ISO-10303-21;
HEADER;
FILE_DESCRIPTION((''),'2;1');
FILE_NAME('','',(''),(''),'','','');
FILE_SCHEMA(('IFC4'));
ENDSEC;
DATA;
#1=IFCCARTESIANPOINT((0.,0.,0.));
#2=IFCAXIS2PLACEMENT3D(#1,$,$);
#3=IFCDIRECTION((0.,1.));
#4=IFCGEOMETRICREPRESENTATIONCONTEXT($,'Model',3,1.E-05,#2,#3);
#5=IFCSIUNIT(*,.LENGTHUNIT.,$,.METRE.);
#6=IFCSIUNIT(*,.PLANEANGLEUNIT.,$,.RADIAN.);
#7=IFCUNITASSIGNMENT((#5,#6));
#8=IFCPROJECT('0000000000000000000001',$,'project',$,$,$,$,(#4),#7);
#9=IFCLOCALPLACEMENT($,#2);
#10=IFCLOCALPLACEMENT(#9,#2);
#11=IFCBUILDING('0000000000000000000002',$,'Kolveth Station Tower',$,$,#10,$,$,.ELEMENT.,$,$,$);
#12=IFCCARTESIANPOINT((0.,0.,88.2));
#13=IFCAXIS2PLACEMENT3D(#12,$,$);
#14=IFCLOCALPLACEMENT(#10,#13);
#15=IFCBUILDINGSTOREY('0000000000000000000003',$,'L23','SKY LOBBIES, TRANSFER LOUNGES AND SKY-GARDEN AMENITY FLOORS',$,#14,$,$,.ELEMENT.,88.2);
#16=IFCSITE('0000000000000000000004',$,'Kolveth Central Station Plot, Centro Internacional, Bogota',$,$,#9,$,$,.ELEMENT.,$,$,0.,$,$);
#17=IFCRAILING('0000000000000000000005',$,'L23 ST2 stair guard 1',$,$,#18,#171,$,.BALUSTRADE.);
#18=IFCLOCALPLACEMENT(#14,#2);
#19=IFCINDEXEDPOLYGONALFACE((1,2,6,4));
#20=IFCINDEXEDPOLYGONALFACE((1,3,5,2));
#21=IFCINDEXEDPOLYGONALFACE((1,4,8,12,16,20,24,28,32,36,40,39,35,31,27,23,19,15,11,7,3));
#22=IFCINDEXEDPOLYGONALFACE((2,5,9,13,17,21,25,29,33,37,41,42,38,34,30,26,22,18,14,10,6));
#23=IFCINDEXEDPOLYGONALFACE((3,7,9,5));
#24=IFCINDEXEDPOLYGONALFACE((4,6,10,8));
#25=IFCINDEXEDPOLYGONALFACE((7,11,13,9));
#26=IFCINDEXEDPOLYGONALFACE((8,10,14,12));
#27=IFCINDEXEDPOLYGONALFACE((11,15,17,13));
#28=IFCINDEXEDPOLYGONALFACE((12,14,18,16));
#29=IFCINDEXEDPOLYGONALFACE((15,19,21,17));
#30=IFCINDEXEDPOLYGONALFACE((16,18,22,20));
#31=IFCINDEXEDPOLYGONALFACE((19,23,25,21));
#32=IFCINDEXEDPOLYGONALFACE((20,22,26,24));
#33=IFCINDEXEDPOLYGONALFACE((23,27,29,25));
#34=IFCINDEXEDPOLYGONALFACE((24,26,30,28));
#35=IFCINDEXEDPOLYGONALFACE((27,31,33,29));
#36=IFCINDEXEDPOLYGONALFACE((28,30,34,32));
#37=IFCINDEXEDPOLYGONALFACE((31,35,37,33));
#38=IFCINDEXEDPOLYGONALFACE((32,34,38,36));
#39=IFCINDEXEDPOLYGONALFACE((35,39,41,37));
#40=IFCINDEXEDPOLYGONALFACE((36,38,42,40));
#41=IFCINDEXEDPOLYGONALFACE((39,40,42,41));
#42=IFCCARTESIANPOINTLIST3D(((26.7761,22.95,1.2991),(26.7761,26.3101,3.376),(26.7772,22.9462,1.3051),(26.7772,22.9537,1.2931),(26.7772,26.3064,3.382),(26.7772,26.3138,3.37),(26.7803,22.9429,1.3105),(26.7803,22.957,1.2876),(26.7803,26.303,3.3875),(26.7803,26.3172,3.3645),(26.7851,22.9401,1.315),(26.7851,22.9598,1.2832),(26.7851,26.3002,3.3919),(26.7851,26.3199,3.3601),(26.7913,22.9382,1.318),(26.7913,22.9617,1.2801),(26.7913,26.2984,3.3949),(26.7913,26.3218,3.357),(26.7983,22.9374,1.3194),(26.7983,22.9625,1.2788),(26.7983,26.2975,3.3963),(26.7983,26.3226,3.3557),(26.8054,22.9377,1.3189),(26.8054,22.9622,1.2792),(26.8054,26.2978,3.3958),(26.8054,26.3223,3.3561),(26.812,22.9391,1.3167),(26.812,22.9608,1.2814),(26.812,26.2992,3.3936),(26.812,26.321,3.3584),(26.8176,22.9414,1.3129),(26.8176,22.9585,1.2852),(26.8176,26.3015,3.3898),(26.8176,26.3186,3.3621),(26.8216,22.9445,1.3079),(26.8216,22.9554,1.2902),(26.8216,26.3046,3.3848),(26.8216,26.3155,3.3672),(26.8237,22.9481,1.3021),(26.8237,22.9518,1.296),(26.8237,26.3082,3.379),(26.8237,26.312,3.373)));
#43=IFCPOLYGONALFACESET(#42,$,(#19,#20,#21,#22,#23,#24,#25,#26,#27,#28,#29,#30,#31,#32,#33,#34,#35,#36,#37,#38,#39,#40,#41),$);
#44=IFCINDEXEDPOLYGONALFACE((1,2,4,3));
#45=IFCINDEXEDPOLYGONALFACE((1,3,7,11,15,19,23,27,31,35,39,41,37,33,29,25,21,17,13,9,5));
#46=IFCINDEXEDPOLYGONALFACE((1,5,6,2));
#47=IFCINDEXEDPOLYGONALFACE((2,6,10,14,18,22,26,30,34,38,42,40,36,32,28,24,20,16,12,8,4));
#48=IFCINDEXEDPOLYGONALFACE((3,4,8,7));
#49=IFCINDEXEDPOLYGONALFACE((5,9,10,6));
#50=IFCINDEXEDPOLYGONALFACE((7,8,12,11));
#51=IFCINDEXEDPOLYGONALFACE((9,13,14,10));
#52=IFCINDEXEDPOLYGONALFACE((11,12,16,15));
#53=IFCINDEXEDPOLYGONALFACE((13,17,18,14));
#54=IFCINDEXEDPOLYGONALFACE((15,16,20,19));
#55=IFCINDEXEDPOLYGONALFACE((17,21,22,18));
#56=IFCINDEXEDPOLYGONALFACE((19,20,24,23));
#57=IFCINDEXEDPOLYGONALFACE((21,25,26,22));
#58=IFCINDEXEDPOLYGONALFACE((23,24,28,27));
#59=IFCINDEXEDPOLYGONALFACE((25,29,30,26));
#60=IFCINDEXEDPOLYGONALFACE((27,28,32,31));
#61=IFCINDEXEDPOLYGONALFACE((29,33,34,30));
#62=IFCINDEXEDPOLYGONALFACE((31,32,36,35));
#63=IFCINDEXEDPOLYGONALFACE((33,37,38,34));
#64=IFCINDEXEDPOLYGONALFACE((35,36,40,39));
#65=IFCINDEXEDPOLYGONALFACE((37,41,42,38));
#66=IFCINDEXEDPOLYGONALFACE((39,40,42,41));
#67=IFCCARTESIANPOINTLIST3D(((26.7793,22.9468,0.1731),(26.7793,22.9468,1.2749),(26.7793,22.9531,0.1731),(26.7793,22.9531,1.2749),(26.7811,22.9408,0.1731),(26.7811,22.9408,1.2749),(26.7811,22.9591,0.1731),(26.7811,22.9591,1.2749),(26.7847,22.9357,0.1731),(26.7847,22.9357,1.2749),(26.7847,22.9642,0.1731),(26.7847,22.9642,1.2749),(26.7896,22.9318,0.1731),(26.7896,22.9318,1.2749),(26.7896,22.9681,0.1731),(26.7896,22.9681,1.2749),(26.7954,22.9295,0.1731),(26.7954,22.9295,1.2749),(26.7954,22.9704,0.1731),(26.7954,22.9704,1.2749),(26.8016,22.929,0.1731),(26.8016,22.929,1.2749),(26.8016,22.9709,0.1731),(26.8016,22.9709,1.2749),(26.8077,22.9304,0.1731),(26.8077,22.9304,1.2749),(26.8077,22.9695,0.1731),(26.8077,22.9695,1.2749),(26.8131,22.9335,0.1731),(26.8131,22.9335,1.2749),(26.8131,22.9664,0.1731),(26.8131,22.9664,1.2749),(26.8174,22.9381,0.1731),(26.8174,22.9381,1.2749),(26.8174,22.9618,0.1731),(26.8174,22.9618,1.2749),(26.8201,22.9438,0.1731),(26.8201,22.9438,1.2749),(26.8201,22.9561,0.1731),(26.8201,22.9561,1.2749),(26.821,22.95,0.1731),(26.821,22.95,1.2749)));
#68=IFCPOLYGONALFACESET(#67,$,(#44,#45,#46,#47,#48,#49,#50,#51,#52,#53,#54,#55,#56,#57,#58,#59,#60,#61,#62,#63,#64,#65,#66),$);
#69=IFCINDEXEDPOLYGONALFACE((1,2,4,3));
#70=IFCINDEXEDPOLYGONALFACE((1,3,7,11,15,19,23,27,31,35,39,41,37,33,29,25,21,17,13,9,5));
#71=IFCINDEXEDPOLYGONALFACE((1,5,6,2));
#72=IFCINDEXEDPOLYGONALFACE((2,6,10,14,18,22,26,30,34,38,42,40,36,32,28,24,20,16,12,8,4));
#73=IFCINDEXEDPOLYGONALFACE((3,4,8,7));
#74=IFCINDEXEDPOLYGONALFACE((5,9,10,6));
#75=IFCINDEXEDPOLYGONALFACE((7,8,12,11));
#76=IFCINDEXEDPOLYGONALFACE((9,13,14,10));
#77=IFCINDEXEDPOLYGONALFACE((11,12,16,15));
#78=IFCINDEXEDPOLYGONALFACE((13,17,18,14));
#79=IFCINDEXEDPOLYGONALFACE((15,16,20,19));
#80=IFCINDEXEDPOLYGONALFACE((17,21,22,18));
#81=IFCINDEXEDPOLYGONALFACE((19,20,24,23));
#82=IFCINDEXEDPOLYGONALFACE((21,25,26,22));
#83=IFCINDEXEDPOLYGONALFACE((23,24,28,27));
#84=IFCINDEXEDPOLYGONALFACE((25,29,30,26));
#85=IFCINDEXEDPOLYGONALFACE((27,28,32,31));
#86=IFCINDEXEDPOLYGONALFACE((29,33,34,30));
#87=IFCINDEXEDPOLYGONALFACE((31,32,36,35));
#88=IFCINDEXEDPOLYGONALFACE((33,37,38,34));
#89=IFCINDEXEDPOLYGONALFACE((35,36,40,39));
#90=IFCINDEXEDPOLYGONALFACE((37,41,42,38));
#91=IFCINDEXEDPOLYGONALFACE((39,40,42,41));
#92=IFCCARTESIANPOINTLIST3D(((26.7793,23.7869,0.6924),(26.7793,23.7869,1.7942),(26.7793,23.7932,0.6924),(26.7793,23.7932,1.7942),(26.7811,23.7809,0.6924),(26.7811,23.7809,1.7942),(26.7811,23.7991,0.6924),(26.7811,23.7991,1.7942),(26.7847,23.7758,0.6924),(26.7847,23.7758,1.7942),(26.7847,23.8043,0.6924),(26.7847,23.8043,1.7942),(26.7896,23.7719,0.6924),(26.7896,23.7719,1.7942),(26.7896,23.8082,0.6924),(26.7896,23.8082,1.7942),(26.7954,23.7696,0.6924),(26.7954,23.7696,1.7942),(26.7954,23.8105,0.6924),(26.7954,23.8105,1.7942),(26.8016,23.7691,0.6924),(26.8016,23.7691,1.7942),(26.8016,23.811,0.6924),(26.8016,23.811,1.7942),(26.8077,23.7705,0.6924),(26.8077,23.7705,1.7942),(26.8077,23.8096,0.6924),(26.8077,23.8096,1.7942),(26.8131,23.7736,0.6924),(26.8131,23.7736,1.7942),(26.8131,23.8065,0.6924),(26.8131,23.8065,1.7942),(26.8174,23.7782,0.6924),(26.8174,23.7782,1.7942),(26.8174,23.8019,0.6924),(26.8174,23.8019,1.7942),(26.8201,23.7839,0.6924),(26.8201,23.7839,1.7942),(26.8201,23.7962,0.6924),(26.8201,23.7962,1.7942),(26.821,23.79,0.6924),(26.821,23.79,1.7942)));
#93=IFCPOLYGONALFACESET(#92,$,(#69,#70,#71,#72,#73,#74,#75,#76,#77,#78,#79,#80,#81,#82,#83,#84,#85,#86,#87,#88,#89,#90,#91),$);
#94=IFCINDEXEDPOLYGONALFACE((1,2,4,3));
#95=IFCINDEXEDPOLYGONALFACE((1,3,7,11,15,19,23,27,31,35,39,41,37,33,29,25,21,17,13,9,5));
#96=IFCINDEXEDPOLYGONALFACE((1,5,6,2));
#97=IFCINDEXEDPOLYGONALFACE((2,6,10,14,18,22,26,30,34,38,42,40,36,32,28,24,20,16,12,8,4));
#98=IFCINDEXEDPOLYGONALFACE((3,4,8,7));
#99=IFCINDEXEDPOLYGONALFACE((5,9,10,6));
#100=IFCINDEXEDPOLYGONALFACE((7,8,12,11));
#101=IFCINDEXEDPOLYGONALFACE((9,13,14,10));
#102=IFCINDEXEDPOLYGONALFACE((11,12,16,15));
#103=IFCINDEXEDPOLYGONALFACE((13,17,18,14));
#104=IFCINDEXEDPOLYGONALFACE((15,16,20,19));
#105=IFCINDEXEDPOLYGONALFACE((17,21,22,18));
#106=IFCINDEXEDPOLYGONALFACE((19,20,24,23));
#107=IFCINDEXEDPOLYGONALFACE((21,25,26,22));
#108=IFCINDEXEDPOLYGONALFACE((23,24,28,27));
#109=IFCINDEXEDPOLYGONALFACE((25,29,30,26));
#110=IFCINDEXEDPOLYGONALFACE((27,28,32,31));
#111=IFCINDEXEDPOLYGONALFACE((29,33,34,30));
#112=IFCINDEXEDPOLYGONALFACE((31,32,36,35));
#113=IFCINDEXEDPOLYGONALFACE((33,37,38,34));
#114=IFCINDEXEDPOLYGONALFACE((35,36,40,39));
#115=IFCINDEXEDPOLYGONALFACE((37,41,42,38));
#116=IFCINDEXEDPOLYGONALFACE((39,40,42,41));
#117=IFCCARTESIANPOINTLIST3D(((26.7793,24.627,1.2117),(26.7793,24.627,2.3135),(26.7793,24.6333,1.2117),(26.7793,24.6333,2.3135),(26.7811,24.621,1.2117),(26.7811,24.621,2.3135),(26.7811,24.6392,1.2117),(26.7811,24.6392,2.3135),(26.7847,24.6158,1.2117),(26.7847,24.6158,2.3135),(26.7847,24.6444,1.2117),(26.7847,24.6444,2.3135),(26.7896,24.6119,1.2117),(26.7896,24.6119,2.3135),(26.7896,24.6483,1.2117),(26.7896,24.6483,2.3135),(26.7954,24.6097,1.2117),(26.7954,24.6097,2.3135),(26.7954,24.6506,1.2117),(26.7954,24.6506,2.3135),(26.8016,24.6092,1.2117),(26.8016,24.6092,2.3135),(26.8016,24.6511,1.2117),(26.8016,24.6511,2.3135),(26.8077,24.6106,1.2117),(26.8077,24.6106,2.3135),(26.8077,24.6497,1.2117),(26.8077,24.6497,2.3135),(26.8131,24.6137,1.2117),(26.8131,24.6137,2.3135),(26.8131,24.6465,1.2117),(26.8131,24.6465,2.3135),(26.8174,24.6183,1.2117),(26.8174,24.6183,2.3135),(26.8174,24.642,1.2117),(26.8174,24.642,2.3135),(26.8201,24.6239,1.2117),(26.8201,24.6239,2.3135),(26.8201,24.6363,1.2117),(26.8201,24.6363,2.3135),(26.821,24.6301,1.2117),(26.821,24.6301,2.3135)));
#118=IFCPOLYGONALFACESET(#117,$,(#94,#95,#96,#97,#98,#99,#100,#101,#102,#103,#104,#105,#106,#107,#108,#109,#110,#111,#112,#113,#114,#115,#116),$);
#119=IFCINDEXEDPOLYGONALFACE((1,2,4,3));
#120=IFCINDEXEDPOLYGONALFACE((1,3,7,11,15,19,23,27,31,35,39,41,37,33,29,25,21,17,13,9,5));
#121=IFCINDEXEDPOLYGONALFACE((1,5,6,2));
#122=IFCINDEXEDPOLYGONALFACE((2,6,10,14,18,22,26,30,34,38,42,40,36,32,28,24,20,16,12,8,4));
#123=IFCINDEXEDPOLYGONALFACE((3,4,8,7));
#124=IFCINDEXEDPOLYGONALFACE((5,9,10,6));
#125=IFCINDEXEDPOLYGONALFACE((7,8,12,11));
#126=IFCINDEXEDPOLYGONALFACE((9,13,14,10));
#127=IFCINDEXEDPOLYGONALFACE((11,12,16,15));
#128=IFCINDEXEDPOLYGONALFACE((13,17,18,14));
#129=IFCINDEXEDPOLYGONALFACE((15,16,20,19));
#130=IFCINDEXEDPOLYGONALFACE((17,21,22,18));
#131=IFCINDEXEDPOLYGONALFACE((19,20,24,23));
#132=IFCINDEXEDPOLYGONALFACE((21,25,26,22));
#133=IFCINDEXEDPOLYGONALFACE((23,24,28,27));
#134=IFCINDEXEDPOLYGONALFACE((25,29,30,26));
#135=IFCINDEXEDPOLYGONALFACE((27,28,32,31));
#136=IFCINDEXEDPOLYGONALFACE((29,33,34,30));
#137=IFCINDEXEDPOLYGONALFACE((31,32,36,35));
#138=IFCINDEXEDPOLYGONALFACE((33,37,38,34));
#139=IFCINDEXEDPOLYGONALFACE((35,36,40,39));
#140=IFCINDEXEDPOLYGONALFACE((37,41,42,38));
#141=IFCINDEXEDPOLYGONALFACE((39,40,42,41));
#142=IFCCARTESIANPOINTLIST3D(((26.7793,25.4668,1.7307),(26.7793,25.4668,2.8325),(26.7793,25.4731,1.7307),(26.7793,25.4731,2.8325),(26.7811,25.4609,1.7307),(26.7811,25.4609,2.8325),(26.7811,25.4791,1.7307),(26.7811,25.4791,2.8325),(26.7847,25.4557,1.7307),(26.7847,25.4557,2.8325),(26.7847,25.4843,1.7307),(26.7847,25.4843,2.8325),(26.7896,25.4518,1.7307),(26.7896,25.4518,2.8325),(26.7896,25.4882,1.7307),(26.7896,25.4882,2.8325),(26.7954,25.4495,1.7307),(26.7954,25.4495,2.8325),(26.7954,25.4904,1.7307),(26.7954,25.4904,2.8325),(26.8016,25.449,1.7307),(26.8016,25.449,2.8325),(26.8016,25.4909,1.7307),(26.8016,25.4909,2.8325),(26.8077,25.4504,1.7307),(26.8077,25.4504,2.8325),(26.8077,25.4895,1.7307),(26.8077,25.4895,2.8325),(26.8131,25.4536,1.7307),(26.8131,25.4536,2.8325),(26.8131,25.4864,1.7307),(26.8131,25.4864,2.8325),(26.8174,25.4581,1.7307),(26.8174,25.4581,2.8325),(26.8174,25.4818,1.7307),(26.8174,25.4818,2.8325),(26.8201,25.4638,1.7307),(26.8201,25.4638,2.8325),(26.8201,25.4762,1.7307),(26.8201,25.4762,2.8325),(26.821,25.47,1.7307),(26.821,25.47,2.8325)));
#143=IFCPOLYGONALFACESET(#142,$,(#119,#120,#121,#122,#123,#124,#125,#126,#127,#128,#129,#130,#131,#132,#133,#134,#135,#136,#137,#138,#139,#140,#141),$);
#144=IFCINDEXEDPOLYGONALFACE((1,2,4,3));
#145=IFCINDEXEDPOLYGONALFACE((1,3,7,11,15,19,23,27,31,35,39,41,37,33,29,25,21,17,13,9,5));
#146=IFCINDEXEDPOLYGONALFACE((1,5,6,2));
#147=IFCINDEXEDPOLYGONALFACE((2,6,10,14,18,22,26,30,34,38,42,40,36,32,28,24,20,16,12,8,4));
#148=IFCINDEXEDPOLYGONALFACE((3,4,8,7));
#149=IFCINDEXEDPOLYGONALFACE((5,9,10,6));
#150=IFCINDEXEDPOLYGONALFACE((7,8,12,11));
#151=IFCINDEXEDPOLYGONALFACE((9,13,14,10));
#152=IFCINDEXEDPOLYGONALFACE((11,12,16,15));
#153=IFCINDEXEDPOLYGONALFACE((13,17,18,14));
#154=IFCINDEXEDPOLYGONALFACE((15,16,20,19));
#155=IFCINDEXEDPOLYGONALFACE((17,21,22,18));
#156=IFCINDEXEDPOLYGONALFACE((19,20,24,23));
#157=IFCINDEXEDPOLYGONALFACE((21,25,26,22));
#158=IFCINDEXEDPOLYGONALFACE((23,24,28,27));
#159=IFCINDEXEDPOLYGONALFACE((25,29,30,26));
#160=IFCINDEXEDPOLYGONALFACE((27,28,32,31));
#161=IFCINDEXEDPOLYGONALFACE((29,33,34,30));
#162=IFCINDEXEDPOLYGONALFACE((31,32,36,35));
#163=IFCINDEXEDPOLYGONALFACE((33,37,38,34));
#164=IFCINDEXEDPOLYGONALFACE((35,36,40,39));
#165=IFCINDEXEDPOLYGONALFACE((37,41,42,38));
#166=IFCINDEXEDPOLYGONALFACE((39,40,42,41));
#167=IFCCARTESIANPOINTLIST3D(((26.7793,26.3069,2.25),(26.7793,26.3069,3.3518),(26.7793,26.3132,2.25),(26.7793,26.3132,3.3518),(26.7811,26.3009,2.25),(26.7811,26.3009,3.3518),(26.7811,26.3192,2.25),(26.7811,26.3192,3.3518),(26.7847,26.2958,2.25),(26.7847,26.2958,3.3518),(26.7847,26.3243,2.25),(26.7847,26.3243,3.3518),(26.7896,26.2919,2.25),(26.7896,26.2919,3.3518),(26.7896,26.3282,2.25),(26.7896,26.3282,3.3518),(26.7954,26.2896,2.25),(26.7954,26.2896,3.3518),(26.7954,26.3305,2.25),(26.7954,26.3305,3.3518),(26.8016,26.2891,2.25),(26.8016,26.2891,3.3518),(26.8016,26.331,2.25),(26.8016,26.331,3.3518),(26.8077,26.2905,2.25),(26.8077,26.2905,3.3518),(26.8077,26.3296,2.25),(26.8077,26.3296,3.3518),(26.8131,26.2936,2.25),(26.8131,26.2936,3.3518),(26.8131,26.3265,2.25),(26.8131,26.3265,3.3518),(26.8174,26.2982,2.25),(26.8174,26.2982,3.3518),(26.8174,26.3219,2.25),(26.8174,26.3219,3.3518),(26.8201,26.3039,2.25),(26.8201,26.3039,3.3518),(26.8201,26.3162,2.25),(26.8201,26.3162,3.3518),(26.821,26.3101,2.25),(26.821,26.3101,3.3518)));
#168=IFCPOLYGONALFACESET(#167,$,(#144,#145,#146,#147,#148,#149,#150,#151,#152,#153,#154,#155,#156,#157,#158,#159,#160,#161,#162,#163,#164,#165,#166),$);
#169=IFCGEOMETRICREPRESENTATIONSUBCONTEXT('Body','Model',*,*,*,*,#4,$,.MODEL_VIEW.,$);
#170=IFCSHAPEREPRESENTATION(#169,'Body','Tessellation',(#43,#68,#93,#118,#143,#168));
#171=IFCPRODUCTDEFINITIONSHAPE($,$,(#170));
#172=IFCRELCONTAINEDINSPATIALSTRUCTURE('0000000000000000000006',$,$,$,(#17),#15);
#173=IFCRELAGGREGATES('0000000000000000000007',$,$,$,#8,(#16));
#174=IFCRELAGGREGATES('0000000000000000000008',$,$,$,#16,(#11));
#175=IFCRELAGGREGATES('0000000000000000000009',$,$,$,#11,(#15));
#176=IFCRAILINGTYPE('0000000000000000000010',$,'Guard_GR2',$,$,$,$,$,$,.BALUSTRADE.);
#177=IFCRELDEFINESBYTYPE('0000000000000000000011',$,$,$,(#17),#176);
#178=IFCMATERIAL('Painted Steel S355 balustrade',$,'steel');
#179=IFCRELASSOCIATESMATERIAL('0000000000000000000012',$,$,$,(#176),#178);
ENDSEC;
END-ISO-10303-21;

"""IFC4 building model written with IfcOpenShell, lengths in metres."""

from ifc_helpers import new_model, si_unit, direction, frame, origin, origin_2d, place, context, subcontext, project, spatial, circle, extrude, material, type_object, element, save


model = new_model("IFC4")

# Units and contexts
model_context = context("Model", 3, precision=1e-05, world=origin(), true_north=direction((0.0, 1.0)))
body_context = subcontext(model_context, "Body", "Model", "MODEL_VIEW")
ifc_project = project(units=[si_unit("LENGTHUNIT", "METRE"), si_unit("PLANEANGLEUNIT", "RADIAN")], contexts=[model_context])

# Site, building, storey
site_placement = place(None, origin())
site = spatial("IfcSite", under=ifc_project, at=site_placement, Name="Kolveth Central Station Plot, Centro Internacional, Bogota", CompositionType="ELEMENT", RefElevation=0.0)
building_placement = place(site_placement, origin())
building = spatial("IfcBuilding", under=site, at=building_placement, Name="Kolveth Station Tower", CompositionType="ELEMENT")
storey_placement = place(building_placement, frame((0.0, 0.0, 88.2)))
storey = spatial("IfcBuildingStorey", under=building, at=storey_placement, Name="L23", Description="SKY LOBBIES, TRANSFER LOUNGES AND SKY-GARDEN AMENITY FLOORS", CompositionType="ELEMENT", Elevation=88.2)

# Railing
ifc_material_1 = material(Name="Painted Steel S355 balustrade", Category="steel")
railing_type_1 = type_object("IfcRailingType", Name="Guard_GR2", PredefinedType="BALUSTRADE", material=ifc_material_1)
railing_1_placement = place(storey_placement, frame((26.8, 22.95, 0.1731)))
element("IfcRailing", 1, at=railing_1_placement, inside=storey, type_object=railing_type_1, Name="L23 ST2 stair guard 1", PredefinedType="BALUSTRADE", context=body_context, shape_type="SweptSolid", body=[
    extrude(circle(Radius=0.0239, at=origin_2d()), frame((0.0, 0.0, 1.126), z_axis=(0.0, 0.850623, 0.525776), x_axis=(-1.0, 0.0, 0.0)), (0.0, 0.0, 1.0), 3.9502),
    extrude(circle(Radius=0.021, at=origin_2d()), origin(), (0.0, 0.0, 1.0), 1.1018),
    extrude(circle(Radius=0.021, at=origin_2d()), frame((0.0, 0.8401, 0.5193)), (0.0, 0.0, 1.0), 1.1018),
    extrude(circle(Radius=0.021, at=origin_2d()), frame((0.0, 1.6802, 1.0386)), (0.0, 0.0, 1.0), 1.1018),
    extrude(circle(Radius=0.021, at=origin_2d()), frame((0.0, 2.52, 1.5576)), (0.0, 0.0, 1.0), 1.1018),
    extrude(circle(Radius=0.021, at=origin_2d()), frame((0.0, 3.3601, 2.0769)), (0.0, 0.0, 1.0), 1.1018),
])

save(model, "model.ifc")
